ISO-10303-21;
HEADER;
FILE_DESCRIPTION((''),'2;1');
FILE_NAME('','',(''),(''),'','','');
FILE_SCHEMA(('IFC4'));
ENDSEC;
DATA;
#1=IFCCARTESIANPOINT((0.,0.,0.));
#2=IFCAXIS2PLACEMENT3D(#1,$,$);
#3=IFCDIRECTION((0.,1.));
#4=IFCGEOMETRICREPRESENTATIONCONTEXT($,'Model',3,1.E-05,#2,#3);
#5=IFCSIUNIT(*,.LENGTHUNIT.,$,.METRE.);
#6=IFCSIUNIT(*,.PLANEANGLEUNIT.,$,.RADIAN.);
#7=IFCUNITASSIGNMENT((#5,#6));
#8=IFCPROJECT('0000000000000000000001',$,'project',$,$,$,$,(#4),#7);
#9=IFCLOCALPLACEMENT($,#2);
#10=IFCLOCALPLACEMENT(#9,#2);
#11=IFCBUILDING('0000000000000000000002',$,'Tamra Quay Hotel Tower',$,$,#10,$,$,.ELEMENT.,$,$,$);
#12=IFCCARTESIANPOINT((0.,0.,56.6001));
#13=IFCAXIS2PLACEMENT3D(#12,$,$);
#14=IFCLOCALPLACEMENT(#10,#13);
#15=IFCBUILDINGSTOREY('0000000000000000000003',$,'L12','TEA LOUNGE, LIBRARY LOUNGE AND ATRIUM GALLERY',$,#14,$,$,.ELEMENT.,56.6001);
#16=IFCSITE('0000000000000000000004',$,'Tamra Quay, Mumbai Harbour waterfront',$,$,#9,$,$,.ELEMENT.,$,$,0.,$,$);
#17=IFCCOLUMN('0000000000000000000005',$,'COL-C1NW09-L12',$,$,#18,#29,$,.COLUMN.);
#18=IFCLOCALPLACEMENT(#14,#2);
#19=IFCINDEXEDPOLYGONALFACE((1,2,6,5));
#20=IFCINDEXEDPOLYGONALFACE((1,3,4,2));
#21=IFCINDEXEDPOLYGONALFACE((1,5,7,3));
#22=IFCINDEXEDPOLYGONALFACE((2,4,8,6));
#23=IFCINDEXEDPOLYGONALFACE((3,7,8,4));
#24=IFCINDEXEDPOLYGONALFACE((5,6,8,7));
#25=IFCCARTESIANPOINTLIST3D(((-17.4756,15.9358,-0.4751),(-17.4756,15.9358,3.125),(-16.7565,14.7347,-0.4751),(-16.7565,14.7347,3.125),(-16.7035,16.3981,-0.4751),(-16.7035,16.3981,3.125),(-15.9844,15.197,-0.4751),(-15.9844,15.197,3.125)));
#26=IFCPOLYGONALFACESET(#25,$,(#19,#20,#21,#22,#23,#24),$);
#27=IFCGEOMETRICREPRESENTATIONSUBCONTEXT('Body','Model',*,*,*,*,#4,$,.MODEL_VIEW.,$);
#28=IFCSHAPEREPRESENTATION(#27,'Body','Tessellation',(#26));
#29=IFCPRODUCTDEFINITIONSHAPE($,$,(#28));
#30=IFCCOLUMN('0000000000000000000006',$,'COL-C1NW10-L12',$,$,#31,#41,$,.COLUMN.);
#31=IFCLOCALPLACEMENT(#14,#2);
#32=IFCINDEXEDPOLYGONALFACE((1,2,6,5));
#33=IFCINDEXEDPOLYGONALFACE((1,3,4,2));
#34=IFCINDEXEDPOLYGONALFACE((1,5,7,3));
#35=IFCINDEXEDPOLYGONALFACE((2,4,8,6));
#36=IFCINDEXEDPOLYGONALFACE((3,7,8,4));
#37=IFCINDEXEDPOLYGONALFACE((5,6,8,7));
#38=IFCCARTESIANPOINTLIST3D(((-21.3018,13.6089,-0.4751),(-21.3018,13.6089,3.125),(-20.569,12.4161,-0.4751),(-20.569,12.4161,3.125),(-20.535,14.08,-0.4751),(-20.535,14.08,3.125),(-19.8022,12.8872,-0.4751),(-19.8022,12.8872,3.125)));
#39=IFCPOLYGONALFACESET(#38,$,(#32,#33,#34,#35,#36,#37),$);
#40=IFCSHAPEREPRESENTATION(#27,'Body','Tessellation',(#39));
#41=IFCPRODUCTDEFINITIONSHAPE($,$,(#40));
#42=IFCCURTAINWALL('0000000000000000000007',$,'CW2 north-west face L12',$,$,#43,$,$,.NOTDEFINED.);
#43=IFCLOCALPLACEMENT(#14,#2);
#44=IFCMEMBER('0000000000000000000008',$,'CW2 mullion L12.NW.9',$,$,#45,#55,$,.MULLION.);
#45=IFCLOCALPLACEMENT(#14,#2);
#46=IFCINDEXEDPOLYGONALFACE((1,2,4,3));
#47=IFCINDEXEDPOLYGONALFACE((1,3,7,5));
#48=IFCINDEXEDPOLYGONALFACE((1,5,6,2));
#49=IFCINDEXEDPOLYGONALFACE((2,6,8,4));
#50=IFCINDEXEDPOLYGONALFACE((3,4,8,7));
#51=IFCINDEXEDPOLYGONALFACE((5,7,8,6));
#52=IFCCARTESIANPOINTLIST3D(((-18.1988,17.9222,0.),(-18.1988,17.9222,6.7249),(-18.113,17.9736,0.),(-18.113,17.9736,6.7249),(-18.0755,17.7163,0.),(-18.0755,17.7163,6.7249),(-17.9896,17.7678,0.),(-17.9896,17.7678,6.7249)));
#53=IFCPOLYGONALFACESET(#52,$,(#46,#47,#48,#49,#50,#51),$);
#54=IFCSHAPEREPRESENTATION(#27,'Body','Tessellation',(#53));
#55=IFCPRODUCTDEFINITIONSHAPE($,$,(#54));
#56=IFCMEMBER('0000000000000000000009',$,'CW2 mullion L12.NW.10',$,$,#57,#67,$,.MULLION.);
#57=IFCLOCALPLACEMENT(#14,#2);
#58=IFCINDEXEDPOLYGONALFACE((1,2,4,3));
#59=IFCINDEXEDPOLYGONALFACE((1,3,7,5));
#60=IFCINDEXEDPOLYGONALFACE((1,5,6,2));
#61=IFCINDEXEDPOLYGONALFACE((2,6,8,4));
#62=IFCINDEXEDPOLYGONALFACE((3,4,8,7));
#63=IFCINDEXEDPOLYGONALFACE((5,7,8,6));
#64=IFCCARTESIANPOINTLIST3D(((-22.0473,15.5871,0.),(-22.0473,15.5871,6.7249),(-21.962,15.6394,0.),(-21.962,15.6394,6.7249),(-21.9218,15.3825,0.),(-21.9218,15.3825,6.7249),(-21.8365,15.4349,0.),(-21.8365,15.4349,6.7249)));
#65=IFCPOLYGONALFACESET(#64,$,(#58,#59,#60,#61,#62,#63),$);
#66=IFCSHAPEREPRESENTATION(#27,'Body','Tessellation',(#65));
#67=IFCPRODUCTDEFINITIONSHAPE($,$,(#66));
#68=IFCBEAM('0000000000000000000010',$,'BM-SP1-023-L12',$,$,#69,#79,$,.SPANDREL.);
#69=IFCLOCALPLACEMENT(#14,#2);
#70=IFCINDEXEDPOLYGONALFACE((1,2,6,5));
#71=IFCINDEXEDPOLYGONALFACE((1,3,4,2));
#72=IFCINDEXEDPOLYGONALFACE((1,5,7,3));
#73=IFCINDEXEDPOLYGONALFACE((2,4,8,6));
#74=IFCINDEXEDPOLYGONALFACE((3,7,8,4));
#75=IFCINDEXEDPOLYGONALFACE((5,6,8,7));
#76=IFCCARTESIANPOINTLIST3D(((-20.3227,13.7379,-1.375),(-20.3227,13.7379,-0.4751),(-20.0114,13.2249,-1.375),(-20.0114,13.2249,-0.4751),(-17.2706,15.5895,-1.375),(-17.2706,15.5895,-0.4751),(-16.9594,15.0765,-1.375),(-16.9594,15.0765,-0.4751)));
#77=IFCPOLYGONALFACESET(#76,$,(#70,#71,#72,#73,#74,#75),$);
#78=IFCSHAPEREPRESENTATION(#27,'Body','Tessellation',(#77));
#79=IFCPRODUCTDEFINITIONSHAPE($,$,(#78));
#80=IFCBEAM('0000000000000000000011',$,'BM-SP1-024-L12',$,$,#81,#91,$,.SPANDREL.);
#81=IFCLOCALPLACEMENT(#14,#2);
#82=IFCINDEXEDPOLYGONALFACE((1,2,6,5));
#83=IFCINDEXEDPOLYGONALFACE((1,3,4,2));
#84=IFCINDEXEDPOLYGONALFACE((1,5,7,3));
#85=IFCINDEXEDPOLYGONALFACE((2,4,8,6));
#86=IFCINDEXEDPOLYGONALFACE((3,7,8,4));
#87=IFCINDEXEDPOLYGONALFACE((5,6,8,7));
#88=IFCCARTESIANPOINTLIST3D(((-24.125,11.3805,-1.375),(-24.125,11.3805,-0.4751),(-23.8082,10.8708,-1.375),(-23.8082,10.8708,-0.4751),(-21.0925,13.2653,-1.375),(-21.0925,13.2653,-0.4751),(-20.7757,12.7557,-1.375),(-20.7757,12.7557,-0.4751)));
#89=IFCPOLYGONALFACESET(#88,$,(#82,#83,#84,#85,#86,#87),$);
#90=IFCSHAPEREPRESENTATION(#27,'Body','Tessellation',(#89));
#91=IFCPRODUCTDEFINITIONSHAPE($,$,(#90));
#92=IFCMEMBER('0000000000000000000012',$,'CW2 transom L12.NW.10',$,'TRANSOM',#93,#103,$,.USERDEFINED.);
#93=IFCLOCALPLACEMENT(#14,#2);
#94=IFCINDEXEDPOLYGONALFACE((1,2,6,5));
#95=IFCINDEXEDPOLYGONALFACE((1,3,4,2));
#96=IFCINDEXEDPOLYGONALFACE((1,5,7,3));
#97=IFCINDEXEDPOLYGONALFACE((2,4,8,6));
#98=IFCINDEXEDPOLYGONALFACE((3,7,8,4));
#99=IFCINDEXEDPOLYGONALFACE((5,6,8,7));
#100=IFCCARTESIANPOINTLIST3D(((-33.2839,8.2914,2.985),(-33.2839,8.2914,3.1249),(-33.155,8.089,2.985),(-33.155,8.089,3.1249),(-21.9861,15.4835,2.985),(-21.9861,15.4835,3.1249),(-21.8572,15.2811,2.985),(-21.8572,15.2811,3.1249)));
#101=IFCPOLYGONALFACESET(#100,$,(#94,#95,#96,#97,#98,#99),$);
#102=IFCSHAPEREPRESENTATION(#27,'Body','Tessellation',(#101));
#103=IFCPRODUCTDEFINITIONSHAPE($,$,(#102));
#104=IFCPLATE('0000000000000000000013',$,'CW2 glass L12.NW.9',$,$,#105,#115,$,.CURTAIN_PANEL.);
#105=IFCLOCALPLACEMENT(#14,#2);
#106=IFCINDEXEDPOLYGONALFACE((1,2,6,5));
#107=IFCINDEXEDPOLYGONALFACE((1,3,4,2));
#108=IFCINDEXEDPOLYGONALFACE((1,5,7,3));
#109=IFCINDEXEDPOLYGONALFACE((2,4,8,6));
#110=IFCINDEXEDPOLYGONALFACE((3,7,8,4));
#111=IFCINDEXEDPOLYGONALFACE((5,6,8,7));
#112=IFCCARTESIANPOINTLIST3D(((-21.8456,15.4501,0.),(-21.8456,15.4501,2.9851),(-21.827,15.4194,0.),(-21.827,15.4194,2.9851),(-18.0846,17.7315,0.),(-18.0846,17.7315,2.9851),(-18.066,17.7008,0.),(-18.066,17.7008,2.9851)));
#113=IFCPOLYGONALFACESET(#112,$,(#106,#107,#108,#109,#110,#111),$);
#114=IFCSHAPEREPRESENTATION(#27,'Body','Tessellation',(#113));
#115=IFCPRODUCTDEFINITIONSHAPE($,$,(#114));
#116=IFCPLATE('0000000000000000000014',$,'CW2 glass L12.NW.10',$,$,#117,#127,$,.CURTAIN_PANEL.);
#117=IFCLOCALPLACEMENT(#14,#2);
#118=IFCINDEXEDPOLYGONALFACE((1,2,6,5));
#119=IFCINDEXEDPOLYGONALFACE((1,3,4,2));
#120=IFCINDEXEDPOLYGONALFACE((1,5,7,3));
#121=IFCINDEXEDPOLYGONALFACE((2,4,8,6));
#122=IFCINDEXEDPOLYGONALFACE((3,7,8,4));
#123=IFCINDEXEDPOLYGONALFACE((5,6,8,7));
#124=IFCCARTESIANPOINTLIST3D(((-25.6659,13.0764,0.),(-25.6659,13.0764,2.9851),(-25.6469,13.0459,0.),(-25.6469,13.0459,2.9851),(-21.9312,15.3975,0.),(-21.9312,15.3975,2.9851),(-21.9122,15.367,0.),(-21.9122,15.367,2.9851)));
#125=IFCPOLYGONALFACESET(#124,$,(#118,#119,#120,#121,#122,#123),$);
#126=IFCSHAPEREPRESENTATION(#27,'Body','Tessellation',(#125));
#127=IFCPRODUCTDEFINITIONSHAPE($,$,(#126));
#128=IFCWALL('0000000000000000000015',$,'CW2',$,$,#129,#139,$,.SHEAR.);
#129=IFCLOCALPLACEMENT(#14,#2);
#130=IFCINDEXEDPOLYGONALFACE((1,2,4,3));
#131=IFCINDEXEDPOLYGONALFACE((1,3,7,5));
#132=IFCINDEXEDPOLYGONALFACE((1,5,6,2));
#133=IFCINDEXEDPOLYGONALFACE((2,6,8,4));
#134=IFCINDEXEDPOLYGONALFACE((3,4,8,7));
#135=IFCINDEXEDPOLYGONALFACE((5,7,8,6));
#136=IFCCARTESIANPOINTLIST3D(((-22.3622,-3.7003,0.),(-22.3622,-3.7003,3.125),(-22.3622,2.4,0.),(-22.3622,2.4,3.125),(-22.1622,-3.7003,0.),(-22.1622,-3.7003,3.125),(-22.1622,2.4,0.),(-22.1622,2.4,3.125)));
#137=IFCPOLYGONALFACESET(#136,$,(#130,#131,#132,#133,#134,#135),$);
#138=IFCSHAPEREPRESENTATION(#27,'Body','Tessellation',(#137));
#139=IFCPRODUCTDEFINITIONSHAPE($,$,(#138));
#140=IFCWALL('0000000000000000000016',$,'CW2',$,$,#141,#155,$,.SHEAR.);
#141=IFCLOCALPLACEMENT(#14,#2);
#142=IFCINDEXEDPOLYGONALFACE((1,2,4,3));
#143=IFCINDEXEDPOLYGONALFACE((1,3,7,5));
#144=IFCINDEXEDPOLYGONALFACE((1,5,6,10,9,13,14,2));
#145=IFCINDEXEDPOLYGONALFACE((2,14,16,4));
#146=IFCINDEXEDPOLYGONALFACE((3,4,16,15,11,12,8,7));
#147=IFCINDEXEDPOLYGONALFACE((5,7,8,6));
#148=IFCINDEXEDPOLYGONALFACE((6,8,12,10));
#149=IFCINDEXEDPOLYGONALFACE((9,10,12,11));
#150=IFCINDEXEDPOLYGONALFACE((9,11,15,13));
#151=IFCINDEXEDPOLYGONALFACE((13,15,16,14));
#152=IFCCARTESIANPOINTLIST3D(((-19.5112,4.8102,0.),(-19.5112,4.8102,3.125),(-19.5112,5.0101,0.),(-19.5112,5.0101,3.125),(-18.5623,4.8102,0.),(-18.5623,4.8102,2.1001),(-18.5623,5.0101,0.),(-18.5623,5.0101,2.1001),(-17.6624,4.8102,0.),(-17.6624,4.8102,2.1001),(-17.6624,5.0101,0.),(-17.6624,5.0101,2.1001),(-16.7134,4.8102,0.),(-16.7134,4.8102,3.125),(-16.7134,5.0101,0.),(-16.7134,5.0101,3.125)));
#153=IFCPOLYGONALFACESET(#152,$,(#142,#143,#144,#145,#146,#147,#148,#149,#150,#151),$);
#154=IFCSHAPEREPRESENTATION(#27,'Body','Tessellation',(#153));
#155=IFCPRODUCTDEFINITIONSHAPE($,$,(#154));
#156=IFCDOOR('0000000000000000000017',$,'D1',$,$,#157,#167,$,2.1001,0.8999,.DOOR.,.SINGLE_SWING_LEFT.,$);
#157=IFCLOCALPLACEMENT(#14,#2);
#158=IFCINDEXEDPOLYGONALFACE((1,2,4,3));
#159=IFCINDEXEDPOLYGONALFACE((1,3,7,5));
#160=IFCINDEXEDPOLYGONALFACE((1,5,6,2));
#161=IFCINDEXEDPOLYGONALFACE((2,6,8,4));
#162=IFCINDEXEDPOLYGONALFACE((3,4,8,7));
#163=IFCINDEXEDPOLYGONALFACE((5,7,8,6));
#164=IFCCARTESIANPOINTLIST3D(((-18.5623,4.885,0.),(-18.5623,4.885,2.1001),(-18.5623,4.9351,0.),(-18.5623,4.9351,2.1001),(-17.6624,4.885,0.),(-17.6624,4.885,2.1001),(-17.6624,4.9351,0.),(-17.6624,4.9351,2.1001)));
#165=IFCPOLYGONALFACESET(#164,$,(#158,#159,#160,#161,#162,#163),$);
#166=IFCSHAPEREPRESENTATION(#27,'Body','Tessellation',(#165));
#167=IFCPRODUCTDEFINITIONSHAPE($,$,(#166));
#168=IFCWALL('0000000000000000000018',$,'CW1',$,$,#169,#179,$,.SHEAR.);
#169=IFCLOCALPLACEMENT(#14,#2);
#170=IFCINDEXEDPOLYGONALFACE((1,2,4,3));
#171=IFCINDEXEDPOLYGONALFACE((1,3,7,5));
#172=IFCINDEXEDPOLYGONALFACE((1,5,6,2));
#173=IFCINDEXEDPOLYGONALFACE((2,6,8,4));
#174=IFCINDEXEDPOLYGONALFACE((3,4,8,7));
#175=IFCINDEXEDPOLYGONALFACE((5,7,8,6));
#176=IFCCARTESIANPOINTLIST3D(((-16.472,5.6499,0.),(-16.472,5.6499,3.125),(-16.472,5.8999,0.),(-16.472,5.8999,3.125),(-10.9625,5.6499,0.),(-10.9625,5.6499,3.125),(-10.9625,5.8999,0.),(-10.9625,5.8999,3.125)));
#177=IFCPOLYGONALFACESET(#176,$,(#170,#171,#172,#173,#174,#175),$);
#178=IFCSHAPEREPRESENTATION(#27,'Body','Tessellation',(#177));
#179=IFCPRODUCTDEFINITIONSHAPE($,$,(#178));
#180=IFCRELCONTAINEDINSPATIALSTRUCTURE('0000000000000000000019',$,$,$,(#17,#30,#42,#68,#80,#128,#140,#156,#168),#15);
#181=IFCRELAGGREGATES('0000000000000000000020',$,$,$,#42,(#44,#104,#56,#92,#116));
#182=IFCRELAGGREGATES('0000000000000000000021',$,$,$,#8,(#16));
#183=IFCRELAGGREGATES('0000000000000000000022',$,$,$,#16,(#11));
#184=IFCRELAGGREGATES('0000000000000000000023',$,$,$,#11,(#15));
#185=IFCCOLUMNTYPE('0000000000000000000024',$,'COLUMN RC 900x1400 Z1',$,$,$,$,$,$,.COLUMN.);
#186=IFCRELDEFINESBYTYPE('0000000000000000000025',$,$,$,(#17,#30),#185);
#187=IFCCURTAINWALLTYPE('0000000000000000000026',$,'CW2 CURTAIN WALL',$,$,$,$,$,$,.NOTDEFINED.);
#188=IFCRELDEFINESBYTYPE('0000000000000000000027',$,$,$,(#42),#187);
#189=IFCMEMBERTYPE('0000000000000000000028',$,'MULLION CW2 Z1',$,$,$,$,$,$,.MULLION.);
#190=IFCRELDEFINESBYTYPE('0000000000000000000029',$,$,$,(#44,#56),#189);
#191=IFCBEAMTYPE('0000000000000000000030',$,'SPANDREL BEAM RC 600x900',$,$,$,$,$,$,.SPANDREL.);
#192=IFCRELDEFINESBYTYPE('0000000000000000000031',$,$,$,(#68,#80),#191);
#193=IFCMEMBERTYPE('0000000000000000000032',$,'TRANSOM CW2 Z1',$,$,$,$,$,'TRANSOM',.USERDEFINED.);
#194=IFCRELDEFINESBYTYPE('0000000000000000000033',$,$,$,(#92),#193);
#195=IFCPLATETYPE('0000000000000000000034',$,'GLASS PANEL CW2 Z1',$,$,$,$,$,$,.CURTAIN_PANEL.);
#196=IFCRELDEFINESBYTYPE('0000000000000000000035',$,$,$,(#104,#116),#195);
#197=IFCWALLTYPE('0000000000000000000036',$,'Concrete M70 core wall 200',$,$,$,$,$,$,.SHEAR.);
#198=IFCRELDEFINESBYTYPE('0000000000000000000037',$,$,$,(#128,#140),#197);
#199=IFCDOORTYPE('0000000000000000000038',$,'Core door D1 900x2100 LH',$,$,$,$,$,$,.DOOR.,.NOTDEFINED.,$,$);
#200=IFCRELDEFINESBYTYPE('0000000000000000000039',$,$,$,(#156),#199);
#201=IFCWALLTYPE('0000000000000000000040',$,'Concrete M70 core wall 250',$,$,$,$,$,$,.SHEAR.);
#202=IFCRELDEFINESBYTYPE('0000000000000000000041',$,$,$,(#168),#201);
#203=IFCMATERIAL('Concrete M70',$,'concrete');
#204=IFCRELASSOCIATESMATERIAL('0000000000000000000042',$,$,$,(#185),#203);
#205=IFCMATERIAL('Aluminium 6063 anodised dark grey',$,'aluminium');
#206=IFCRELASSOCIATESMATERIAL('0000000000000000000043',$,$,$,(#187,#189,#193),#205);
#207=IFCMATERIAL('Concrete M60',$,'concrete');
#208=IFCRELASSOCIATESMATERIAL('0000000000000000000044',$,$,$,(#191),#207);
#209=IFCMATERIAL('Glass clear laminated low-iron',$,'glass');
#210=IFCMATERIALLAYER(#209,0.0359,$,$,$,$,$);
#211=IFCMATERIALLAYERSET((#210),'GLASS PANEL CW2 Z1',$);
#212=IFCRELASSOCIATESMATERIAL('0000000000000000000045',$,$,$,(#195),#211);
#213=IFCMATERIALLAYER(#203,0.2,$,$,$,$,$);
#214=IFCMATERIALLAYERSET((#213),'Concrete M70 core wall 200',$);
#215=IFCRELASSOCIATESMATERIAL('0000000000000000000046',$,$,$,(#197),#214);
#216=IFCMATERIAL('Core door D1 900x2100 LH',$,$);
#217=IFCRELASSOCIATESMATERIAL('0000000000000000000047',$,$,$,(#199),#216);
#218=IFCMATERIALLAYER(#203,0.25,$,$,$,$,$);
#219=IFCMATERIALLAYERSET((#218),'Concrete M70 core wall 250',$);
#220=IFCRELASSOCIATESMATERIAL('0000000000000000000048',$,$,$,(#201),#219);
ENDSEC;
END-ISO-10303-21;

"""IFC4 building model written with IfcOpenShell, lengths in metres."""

from ifc_helpers import new_model, si_unit, direction, frame, frame_2d, origin, origin_2d, place, context, subcontext, project, spatial, rectangle, extrude, material, layer, layer_set, material_profile, profile_set, type_object, element, fill, aggregate, save


model = new_model("IFC4")

# Units and contexts
model_context = context("Model", 3, precision=1e-05, world=origin(), true_north=direction((0.0, 1.0)))
body_context = subcontext(model_context, "Body", "Model", "MODEL_VIEW")
ifc_project = project(units=[si_unit("LENGTHUNIT", "METRE"), si_unit("PLANEANGLEUNIT", "RADIAN")], contexts=[model_context])

# Site, building, storey
site_placement = place(None, origin())
site = spatial("IfcSite", under=ifc_project, at=site_placement, Name="Tamra Quay, Mumbai Harbour waterfront", CompositionType="ELEMENT", RefElevation=0.0)
building_placement = place(site_placement, origin())
building = spatial("IfcBuilding", under=site, at=building_placement, Name="Tamra Quay Hotel Tower", CompositionType="ELEMENT")
storey_placement = place(building_placement, frame((0.0, 0.0, 56.6001)))
storey = spatial("IfcBuildingStorey", under=building, at=storey_placement, Name="L12", Description="TEA LOUNGE, LIBRARY LOUNGE AND ATRIUM GALLERY", CompositionType="ELEMENT", Elevation=56.6001)

# Columns
ifc_material_1 = material(Name="Concrete M70", Category="concrete")
ifc_material_profile_1 = material_profile(ifc_material_1, rectangle(XDim=1.3999, YDim=0.8999, at=origin_2d()), Name="COLUMN RC 900x1400 Z1")
ifc_profile_set_1 = profile_set([ifc_material_profile_1], Name="Concrete M70")
column_type = type_object("IfcColumnType", Name="COLUMN RC 900x1400 Z1", PredefinedType="COLUMN", material=ifc_profile_set_1)
for number, where, z_axis, x_axis, name in (
    (1, (-16.73, 15.5664, -0.4751), (0.0, 0.0, 1.0), (-0.513654, 0.857998, 0.0), "COL-C1NW09-L12"),
    (2, (-20.552, 13.248, -0.4751), (0.0, 0.0, 1.0), (-0.52343, 0.852069, 0.0), "COL-C1NW10-L12"),
):
    element("IfcColumn", number, at=place(storey_placement, frame(where, z_axis=z_axis, x_axis=x_axis)), inside=storey, type_object=column_type, Name=name, PredefinedType="COLUMN", context=body_context, shape_type="SweptSolid", body=[
        extrude(rectangle(XDim=1.3999, YDim=0.8999, at=origin_2d()), origin(), (0.0, 0.0, 1.0), 3.6001),
    ])

# Curtain wall, members
ifc_material_2 = material(Name="Aluminium 6063 anodised dark grey", Category="aluminium")
curtain_wall_type = type_object("IfcCurtainWallType", Name="CW2 CURTAIN WALL", PredefinedType="NOTDEFINED", material=ifc_material_2)
curtain_wall_placement = place(storey_placement, origin())
curtain_wall = element("IfcCurtainWall", 3, at=curtain_wall_placement, inside=storey, type_object=curtain_wall_type, Name="CW2 north-west face L12", PredefinedType="NOTDEFINED")
ifc_material_profile_2 = material_profile(ifc_material_2, rectangle(XDim=0.24, YDim=0.1001, at=origin_2d()), Name="MULLION 100X240")
ifc_profile_set_2 = profile_set([ifc_material_profile_2], Name="Aluminium 6063 anodised dark grey")
member_type_1 = type_object("IfcMemberType", Name="MULLION CW2 Z1", PredefinedType="MULLION", material=ifc_profile_set_2)
member_1_placement = place(storey_placement, frame((-18.0942, 17.845, 0.0), z_axis=(0.0, 0.0, 1.0), x_axis=(-0.514004, 0.857788, 0.0)))
member_1 = element("IfcMember", 4, at=member_1_placement, type_object=member_type_1, Name="CW2 mullion L12.NW.9", PredefinedType="MULLION", context=body_context, shape_type="SweptSolid", body=[
    extrude(rectangle(XDim=0.24, YDim=0.1001, at=origin_2d()), origin(), (0.0, 0.0, 1.0), 6.7249),
])
member_2_placement = place(storey_placement, frame((-21.9419, 15.511, 0.0), z_axis=(0.0, 0.0, 1.0), x_axis=(-0.523257, 0.852175, 0.0)))
member_2 = element("IfcMember", 5, at=member_2_placement, type_object=member_type_1, Name="CW2 mullion L12.NW.10", PredefinedType="MULLION", context=body_context, shape_type="SweptSolid", body=[
    extrude(rectangle(XDim=0.24, YDim=0.1001, at=origin_2d()), origin(), (0.0, 0.0, 1.0), 6.7249),
])

# Beams
ifc_material_3 = material(Name="Concrete M60", Category="concrete")
ifc_material_profile_3 = material_profile(ifc_material_3, rectangle(XDim=0.6001, YDim=0.8999, at=origin_2d()), Name="SPANDREL BEAM RC 600x900")
ifc_profile_set_3 = profile_set([ifc_material_profile_3], Name="Concrete M60")
beam_type = type_object("IfcBeamType", Name="SPANDREL BEAM RC 600x900", PredefinedType="SPANDREL", material=ifc_profile_set_3)
beam_1_placement = place(storey_placement, frame((-17.115, 15.333, -0.925), z_axis=(-0.854966, -0.518684, 0.0), x_axis=(0.518684, -0.854966, 0.0)))
element("IfcBeam", 6, at=beam_1_placement, inside=storey, type_object=beam_type, Name="BM-SP1-023-L12", PredefinedType="SPANDREL", context=body_context, shape_type="SweptSolid", body=[
    extrude(rectangle(XDim=0.6001, YDim=0.8999, at=origin_2d()), origin(), (0.0, 0.0, 1.0), 3.5698),
])
beam_2_placement = place(storey_placement, frame((-20.9341, 13.0105, -0.925), z_axis=(-0.849321, -0.527877, 0.0), x_axis=(0.527877, -0.849321, 0.0)))
element("IfcBeam", 7, at=beam_2_placement, inside=storey, type_object=beam_type, Name="BM-SP1-024-L12", PredefinedType="SPANDREL", context=body_context, shape_type="SweptSolid", body=[
    extrude(rectangle(XDim=0.6001, YDim=0.8999, at=origin_2d()), origin(), (0.0, 0.0, 1.0), 3.5706),
])

# Member
ifc_material_profile_4 = material_profile(ifc_material_2, rectangle(XDim=0.24, YDim=0.1399, at=origin_2d()), Name="TRANSOM 240X140")
ifc_profile_set_4 = profile_set([ifc_material_profile_4], Name="Aluminium 6063 anodised dark grey")
member_type_2 = type_object("IfcMemberType", Name="TRANSOM CW2 Z1", ElementType="TRANSOM", PredefinedType="USERDEFINED", material=ifc_profile_set_4)
member_3_placement = place(storey_placement, frame((-21.9216, 15.3823, 3.0549), z_axis=(-0.843574, -0.537013, 0.0), x_axis=(0.537013, -0.843574, 0.0)))
member_3 = element("IfcMember", 8, at=member_3_placement, type_object=member_type_2, Name="CW2 transom L12.NW.10", ObjectType="TRANSOM", PredefinedType="USERDEFINED", context=body_context, shape_type="SweptSolid", body=[
    extrude(rectangle(XDim=0.24, YDim=0.1399, at=origin_2d()), origin(), (0.0, 0.0, 1.0), 13.3928),
])

# Plates
ifc_material_4 = material(Name="Glass clear laminated low-iron", Category="glass")
ifc_layer_1 = layer(ifc_material_4, 0.0359)
ifc_layer_set_1 = layer_set([ifc_layer_1], Name="GLASS PANEL CW2 Z1")
plate_type = type_object("IfcPlateType", Name="GLASS PANEL CW2 Z1", PredefinedType="CURTAIN_PANEL", material=ifc_layer_set_1)
plate_1_placement = place(storey_placement, frame((-19.9558, 16.5754, 0.0), z_axis=(0.0, 0.0, 1.0), x_axis=(-0.854994, -0.518639, 0.0)))
plate_1 = element("IfcPlate", 9, at=plate_1_placement, type_object=plate_type, Name="CW2 glass L12.NW.9", PredefinedType="CURTAIN_PANEL", context=body_context, shape_type="SweptSolid", body=[
    extrude(rectangle(XDim=4.3989, YDim=0.0359, at=origin_2d()), origin(), (0.0, 0.0, 1.0), 2.9851),
])
plate_2_placement = place(storey_placement, frame((-23.7891, 14.2217, 0.0), z_axis=(0.0, 0.0, 1.0), x_axis=(-0.849331, -0.52786, 0.0)))
plate_2 = element("IfcPlate", 10, at=plate_2_placement, type_object=plate_type, Name="CW2 glass L12.NW.10", PredefinedType="CURTAIN_PANEL", context=body_context, shape_type="SweptSolid", body=[
    extrude(rectangle(XDim=4.3972, YDim=0.0359, at=origin_2d()), origin(), (0.0, 0.0, 1.0), 2.9851),
])
aggregate(curtain_wall, [member_1, plate_1, member_2, member_3, plate_2])

# Wall
ifc_layer_2 = layer(ifc_material_1, 0.2)
ifc_layer_set_2 = layer_set([ifc_layer_2], Name="Concrete M70 core wall 200")
wall_type_1 = type_object("IfcWallType", Name="Concrete M70 core wall 200", PredefinedType="SHEAR", material=ifc_layer_set_2)
wall_1_placement = place(storey_placement, frame((-22.2622, 2.4001, 0.0), z_axis=(0.0, 0.0, 1.0), x_axis=(0.0, -1.0, 0.0)))
element("IfcWall", 11, at=wall_1_placement, inside=storey, type_object=wall_type_1, Name="CW2", PredefinedType="SHEAR", context=body_context, shape_type="SweptSolid", body=[
    extrude(rectangle(XDim=6.1003, YDim=0.2, at=frame_2d((3.0503, 0.0))), origin(), (0.0, 0.0, 1.0), 3.125),
])

# Wall, opening, door
wall_2_placement = place(storey_placement, frame((-19.5112, 4.9102, 0.0), z_axis=(0.0, 0.0, 1.0), x_axis=(1.0, 0.0, 0.0)))
wall_2 = element("IfcWall", 12, at=wall_2_placement, inside=storey, type_object=wall_type_1, Name="CW2", PredefinedType="SHEAR", context=body_context, shape_type="SweptSolid", body=[
    extrude(rectangle(XDim=2.7979, YDim=0.2, at=frame_2d((1.3989, 0.0))), origin(), (0.0, 0.0, 1.0), 3.125),
])
opening_1_placement = place(wall_2_placement, frame((0.949, 0.0, 0.0)))
opening_1 = element("IfcOpeningElement", 13, at=opening_1_placement, cuts=wall_2, PredefinedType="OPENING", context=body_context, shape_type="SweptSolid", body=[
    extrude(rectangle(XDim=0.8999, YDim=2.1001, at=frame_2d((0.45, 1.05))), frame((0.0, 0.1099, 0.0), z_axis=(0.0, -1.0, 0.0), x_axis=(1.0, 0.0, 0.0)), (0.0, 0.0, 1.0), 0.22),
])
ifc_material_5 = material(Name="Core door D1 900x2100 LH")
door_type_1 = type_object("IfcDoorType", Name="Core door D1 900x2100 LH", OperationType="NOTDEFINED", PredefinedType="DOOR", material=ifc_material_5)
door_1_placement = place(opening_1_placement, origin())
door_1 = element("IfcDoor", 14, at=door_1_placement, inside=storey, type_object=door_type_1, Name="D1", OperationType="SINGLE_SWING_LEFT", OverallHeight=2.1001, OverallWidth=0.8999, PredefinedType="DOOR", context=body_context, shape_type="SweptSolid", body=[
    extrude(rectangle(XDim=0.8999, YDim=2.1001, at=frame_2d((0.45, 1.05))), frame((0.0, 0.0249, 0.0), z_axis=(0.0, -1.0, 0.0), x_axis=(1.0, 0.0, 0.0)), (0.0, 0.0, 1.0), 0.05),
])
fill(opening_1, door_1)

# Wall
ifc_layer_3 = layer(ifc_material_1, 0.25)
ifc_layer_set_3 = layer_set([ifc_layer_3], Name="Concrete M70 core wall 250")
wall_type_2 = type_object("IfcWallType", Name="Concrete M70 core wall 250", PredefinedType="SHEAR", material=ifc_layer_set_3)
wall_3_placement = place(storey_placement, frame((-16.4722, 5.7749, 0.0), z_axis=(0.0, 0.0, 1.0), x_axis=(1.0, 0.0, 0.0)))
element("IfcWall", 15, at=wall_3_placement, inside=storey, type_object=wall_type_2, Name="CW1", PredefinedType="SHEAR", context=body_context, shape_type="SweptSolid", body=[
    extrude(rectangle(XDim=5.5095, YDim=0.25, at=frame_2d((2.7549, 0.0))), origin(), (0.0, 0.0, 1.0), 3.125),
])

save(model, "model.ifc")
